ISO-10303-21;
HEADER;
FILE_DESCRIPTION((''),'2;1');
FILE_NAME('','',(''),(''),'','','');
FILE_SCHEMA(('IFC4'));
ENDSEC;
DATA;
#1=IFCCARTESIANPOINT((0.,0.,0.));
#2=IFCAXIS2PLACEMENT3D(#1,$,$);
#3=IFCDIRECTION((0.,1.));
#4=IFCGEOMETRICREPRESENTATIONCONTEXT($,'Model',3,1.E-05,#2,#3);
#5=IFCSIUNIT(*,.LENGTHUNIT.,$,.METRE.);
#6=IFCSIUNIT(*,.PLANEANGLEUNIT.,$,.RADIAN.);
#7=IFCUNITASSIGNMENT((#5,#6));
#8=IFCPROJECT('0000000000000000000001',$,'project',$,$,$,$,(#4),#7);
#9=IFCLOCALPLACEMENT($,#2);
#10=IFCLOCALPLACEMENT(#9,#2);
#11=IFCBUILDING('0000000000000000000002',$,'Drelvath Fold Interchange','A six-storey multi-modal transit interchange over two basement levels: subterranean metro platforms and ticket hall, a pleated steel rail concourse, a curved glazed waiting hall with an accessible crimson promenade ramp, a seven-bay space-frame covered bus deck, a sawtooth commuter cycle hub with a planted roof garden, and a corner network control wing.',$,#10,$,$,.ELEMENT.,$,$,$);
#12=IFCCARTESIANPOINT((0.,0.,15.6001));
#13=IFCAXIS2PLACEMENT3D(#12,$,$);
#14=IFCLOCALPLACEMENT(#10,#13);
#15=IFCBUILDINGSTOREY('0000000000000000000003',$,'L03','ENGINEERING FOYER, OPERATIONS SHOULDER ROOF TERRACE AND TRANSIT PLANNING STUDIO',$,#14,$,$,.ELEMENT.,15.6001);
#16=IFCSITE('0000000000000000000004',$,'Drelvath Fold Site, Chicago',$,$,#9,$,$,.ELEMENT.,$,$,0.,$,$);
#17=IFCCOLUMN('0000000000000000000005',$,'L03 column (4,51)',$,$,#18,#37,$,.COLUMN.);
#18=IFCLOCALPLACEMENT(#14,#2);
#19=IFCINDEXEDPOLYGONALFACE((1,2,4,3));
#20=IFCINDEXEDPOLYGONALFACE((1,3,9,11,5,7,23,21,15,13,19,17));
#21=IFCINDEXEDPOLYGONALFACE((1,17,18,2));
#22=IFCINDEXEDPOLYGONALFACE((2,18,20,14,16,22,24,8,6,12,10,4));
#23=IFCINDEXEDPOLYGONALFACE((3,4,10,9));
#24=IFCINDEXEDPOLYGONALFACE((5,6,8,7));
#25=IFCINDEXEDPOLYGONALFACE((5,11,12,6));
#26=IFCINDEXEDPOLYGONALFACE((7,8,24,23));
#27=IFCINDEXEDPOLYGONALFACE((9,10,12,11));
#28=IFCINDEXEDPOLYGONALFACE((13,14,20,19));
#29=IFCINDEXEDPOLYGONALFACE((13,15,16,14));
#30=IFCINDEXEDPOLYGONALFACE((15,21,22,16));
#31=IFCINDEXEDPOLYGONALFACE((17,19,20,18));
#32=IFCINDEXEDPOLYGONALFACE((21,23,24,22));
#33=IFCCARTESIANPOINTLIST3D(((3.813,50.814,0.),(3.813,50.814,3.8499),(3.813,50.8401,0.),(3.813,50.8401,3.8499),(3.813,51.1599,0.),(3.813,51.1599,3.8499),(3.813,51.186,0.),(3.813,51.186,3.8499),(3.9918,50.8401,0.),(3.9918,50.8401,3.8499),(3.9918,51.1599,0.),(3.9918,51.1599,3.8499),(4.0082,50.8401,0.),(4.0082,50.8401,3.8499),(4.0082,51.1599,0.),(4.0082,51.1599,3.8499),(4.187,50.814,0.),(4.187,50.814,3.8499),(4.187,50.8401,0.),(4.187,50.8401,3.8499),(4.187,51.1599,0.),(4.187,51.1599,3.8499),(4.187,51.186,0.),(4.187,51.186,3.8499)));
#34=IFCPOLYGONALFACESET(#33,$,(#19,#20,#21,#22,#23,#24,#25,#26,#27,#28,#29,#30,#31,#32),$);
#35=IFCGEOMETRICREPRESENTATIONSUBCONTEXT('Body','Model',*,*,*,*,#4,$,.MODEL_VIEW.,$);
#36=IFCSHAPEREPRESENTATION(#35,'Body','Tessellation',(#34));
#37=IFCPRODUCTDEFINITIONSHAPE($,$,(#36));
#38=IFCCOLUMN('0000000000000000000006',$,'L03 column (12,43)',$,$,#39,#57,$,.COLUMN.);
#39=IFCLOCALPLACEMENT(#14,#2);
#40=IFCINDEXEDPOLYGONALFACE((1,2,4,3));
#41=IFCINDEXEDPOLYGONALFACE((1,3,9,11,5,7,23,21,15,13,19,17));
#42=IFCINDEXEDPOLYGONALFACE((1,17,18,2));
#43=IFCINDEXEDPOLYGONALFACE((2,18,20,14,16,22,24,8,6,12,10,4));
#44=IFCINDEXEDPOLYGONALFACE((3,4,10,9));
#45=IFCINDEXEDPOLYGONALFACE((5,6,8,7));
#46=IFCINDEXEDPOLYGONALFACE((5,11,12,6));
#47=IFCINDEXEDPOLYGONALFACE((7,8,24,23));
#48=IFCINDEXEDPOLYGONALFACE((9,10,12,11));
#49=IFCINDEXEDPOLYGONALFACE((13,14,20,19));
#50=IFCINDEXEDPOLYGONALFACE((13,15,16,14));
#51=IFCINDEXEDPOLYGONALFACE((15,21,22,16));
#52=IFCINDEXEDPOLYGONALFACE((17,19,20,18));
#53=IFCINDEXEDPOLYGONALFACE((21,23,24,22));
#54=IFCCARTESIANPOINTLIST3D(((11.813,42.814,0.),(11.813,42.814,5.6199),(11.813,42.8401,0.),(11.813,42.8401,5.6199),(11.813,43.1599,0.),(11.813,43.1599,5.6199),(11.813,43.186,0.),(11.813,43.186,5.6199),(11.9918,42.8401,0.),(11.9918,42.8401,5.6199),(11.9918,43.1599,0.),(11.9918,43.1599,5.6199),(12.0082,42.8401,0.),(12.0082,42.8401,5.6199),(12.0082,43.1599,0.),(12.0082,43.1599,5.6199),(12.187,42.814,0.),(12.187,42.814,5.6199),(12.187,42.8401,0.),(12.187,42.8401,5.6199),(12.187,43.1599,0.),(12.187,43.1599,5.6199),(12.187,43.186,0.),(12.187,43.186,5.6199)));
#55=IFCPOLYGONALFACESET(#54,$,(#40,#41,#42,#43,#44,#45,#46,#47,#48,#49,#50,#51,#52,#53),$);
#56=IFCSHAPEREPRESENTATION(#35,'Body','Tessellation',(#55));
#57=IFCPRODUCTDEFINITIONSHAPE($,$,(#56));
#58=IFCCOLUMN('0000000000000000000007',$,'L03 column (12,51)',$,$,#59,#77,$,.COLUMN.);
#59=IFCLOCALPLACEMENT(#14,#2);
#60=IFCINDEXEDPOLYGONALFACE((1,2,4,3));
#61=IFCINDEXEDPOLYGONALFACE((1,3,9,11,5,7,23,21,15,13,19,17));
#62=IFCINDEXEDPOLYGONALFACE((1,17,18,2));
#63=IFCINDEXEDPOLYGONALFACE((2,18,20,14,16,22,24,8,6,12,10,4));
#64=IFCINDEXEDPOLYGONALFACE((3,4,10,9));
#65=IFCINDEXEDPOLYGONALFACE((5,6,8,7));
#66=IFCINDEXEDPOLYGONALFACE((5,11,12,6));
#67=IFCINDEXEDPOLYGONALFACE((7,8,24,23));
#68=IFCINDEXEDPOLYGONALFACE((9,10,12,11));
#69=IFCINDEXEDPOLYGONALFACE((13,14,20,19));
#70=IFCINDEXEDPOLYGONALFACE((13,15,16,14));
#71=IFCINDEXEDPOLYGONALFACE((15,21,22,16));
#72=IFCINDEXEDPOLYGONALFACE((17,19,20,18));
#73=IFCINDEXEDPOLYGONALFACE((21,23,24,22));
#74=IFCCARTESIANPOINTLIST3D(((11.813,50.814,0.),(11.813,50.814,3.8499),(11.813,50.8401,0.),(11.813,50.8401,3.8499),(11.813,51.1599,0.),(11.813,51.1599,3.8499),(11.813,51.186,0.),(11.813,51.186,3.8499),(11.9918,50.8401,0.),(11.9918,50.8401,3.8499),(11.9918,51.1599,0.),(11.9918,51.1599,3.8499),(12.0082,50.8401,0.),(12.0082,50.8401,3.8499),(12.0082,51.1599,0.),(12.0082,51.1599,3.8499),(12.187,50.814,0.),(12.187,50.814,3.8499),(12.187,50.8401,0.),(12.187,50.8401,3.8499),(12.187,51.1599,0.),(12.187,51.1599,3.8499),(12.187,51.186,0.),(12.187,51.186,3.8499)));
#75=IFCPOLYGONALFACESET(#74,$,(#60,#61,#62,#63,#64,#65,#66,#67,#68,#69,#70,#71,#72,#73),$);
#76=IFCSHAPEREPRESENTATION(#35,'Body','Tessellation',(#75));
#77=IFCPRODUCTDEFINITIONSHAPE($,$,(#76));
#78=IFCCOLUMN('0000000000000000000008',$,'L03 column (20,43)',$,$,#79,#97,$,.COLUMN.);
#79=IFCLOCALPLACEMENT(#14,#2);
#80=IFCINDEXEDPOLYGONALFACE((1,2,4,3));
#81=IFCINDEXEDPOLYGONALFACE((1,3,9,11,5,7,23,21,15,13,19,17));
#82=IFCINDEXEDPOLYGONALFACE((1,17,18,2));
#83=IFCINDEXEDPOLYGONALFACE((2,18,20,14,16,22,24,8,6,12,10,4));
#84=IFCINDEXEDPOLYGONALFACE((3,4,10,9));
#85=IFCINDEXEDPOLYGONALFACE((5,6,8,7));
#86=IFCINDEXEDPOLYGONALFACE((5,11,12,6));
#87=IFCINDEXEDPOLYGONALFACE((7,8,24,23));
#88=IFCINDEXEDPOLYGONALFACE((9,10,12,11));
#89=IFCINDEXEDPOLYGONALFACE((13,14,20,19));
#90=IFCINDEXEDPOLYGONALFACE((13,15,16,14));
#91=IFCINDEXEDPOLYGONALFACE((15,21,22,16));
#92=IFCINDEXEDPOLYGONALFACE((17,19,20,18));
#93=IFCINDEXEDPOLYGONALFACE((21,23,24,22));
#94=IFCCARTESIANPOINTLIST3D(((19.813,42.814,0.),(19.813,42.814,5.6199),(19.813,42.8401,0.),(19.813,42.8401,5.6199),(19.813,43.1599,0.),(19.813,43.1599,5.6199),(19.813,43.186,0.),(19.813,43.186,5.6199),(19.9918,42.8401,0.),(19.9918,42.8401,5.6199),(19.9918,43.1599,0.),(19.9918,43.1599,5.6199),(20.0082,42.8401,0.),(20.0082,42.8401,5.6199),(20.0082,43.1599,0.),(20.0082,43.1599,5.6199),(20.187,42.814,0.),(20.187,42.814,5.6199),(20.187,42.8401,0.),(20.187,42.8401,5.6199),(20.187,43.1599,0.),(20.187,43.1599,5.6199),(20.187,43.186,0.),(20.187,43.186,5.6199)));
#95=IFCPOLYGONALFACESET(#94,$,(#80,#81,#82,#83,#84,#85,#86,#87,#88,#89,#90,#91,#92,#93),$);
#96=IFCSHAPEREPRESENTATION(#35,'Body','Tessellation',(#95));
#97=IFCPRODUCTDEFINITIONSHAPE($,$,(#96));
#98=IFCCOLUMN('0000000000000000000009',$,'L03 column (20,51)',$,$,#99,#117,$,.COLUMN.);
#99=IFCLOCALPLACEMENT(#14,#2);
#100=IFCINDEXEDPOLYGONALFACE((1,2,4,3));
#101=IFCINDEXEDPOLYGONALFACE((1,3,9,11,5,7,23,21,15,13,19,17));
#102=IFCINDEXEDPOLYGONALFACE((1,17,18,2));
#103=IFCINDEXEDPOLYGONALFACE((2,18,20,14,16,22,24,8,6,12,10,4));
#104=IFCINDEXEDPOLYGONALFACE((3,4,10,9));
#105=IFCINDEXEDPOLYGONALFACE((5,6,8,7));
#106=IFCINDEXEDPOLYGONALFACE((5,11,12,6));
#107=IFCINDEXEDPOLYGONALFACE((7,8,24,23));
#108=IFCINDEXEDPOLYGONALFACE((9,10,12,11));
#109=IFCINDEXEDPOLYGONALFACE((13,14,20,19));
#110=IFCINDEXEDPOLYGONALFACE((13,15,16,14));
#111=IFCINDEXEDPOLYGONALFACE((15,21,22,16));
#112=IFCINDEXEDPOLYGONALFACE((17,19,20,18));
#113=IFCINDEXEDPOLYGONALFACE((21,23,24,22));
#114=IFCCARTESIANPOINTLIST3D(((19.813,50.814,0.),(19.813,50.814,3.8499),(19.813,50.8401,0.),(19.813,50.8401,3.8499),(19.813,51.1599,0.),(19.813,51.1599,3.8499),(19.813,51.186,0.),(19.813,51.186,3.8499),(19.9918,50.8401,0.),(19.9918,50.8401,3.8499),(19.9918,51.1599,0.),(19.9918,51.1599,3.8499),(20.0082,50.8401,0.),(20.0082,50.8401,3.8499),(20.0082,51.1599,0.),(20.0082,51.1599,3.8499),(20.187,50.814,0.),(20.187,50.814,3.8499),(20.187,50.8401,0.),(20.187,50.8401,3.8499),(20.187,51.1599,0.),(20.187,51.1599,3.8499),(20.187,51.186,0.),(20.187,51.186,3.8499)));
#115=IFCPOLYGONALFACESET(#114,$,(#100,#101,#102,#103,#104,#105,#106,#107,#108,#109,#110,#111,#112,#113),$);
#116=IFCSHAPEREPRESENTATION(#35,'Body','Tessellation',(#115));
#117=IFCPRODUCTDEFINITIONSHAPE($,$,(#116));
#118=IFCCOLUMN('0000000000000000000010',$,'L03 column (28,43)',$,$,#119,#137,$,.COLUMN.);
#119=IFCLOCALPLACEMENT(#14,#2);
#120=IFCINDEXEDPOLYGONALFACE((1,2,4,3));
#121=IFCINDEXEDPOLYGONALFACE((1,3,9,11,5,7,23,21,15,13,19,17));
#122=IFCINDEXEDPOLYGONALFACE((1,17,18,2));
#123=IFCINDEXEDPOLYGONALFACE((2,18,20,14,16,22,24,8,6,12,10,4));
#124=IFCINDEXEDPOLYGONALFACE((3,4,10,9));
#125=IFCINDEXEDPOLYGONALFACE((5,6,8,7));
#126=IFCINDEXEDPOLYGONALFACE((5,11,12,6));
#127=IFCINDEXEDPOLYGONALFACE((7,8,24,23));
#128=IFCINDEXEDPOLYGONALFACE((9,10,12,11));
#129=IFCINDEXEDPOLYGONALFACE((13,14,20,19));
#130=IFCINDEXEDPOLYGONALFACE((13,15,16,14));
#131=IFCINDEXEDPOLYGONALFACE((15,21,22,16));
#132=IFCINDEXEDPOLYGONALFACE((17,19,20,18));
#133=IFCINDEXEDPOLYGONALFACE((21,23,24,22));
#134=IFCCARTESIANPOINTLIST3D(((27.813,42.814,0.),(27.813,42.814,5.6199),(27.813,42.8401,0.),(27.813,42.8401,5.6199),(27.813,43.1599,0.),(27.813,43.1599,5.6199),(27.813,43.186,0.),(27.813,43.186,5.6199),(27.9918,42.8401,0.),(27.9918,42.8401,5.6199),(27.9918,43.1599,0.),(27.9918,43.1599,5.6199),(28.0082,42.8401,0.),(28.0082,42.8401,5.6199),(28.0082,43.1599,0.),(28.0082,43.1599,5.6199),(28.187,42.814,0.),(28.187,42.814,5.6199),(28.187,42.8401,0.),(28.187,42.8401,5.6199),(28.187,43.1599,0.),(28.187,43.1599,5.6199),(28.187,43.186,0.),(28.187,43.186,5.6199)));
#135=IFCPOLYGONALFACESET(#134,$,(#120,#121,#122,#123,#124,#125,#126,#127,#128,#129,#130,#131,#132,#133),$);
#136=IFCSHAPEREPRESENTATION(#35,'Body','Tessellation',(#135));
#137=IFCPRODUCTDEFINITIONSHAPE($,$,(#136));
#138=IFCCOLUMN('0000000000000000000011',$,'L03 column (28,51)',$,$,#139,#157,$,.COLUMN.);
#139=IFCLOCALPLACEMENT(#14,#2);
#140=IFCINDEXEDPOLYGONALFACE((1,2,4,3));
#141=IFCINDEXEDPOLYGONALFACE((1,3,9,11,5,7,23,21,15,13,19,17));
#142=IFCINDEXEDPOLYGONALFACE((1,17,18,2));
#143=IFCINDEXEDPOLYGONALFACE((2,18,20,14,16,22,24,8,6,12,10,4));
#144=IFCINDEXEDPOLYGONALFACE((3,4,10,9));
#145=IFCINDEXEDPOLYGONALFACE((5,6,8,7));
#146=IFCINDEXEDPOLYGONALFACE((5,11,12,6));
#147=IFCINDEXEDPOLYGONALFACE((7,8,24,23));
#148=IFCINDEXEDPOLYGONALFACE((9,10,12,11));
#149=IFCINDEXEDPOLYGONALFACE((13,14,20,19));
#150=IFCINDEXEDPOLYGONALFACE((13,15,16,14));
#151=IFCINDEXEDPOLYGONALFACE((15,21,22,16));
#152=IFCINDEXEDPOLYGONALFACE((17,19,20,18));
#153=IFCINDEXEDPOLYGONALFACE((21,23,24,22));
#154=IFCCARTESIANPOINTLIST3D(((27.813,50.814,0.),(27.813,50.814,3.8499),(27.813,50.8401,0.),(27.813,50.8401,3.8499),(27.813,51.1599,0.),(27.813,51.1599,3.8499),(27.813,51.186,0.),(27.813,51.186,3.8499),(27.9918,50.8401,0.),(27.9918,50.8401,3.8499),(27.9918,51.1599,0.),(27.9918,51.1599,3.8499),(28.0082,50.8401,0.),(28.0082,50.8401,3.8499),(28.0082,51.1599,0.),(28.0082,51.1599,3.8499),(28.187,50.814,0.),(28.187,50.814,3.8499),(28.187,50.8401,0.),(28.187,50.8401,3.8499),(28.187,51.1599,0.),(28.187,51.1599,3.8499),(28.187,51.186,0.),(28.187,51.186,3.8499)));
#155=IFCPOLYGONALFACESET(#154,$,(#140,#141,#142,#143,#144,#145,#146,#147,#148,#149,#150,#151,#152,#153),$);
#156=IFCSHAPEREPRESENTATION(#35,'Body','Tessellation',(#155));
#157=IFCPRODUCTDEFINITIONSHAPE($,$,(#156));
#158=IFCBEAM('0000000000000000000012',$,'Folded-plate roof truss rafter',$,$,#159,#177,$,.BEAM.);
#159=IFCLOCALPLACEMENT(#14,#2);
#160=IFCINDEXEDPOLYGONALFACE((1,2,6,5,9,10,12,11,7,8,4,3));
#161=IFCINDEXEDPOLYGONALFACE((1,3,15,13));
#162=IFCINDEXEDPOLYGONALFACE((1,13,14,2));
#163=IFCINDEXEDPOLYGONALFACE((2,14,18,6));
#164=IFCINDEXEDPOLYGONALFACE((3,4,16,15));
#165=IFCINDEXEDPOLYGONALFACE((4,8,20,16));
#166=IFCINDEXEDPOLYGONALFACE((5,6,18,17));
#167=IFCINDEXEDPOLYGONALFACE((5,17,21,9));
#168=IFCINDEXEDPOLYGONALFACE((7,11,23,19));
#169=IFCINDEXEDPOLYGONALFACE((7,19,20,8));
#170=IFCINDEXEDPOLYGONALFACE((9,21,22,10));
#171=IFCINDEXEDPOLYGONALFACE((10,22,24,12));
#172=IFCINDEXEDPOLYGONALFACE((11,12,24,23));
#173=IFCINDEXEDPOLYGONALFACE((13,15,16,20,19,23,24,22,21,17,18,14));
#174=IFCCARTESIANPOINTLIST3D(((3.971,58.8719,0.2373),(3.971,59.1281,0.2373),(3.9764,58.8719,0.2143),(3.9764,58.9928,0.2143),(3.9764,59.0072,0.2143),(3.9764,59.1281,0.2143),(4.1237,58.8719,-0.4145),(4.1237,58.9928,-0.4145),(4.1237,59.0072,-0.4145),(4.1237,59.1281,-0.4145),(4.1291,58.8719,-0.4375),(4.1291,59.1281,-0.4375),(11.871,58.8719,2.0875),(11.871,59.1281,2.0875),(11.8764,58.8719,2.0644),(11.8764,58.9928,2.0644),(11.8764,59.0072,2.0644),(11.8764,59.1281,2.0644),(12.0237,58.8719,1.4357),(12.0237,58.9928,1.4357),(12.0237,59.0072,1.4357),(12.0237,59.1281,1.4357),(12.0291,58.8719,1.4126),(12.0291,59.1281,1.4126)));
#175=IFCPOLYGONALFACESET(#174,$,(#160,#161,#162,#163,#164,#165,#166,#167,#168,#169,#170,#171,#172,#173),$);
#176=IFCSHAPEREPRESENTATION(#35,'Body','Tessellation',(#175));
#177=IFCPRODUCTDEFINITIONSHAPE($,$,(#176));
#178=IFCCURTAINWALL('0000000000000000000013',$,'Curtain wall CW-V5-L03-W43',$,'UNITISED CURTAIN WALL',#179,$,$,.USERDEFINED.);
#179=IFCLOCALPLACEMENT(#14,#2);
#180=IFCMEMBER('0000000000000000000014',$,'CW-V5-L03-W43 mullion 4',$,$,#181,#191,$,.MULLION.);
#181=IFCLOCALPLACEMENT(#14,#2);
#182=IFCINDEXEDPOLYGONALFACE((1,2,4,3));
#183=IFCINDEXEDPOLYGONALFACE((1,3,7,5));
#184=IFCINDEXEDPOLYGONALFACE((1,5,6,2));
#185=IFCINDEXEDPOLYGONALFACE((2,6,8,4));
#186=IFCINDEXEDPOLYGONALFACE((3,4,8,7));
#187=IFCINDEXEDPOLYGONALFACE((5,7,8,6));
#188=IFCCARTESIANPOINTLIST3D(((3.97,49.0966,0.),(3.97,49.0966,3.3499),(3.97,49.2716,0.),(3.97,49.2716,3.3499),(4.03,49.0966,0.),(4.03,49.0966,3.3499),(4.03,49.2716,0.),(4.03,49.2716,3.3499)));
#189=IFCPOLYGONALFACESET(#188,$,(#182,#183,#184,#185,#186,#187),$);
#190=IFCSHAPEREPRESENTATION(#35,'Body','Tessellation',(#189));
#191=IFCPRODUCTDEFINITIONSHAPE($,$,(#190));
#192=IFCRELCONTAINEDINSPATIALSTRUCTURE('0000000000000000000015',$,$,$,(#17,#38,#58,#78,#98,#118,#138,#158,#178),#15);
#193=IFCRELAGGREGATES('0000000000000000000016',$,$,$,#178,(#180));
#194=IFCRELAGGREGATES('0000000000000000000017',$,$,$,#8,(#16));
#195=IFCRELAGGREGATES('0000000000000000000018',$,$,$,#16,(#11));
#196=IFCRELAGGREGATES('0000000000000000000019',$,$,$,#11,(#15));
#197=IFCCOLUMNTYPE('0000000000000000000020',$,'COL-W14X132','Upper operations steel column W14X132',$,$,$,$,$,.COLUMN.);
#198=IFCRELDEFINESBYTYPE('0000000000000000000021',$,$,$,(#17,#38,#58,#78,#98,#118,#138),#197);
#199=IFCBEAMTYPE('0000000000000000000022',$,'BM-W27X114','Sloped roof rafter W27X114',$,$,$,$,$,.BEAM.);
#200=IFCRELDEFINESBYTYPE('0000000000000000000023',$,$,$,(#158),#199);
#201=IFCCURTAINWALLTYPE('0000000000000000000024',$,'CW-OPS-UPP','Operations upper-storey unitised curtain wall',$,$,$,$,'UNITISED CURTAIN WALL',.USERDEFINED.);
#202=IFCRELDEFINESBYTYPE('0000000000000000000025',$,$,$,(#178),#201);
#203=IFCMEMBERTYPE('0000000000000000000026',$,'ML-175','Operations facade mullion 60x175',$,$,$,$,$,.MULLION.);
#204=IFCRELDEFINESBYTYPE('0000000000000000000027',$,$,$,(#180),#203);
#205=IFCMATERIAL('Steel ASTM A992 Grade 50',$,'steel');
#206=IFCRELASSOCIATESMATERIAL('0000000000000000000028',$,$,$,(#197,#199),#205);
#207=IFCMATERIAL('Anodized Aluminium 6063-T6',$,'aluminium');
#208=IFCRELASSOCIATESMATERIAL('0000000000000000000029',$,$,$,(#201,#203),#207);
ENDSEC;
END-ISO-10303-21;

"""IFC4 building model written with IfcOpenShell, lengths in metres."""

from ifc_helpers import new_model, si_unit, direction, frame, origin, origin_2d, place, context, subcontext, project, spatial, rectangle, i_section, extrude, material, material_profile, profile_set, type_object, element, aggregate, save


model = new_model("IFC4")

# Units and contexts
model_context = context("Model", 3, precision=1e-05, world=origin(), true_north=direction((0.0, 1.0)))
body_context = subcontext(model_context, "Body", "Model", "MODEL_VIEW")
ifc_project = project(units=[si_unit("LENGTHUNIT", "METRE"), si_unit("PLANEANGLEUNIT", "RADIAN")], contexts=[model_context])

# Site, building, storey
site_placement = place(None, origin())
site = spatial("IfcSite", under=ifc_project, at=site_placement, Name="Drelvath Fold Site, Chicago", CompositionType="ELEMENT", RefElevation=0.0)
building_placement = place(site_placement, origin())
building = spatial("IfcBuilding", under=site, at=building_placement, Name="Drelvath Fold Interchange", Description="A six-storey multi-modal transit interchange over two basement levels: subterranean metro platforms and ticket hall, a pleated steel rail concourse, a curved glazed waiting hall with an accessible crimson promenade ramp, a seven-bay space-frame covered bus deck, a sawtooth commuter cycle hub with a planted roof garden, and a corner network control wing.", CompositionType="ELEMENT")
storey_placement = place(building_placement, frame((0.0, 0.0, 15.6001)))
storey = spatial("IfcBuildingStorey", under=building, at=storey_placement, Name="L03", Description="ENGINEERING FOYER, OPERATIONS SHOULDER ROOF TERRACE AND TRANSIT PLANNING STUDIO", CompositionType="ELEMENT", Elevation=15.6001)

# Columns
ifc_material_1 = material(Name="Steel ASTM A992 Grade 50", Category="steel")
ifc_material_profile_1 = material_profile(ifc_material_1, i_section(OverallWidth=0.374, OverallDepth=0.3721, WebThickness=0.0164, FlangeThickness=0.0261, at=origin_2d()), Name="W14X132")
ifc_profile_set_1 = profile_set([ifc_material_profile_1], Name="Steel ASTM A992 Grade 50")
column_type = type_object("IfcColumnType", Name="COL-W14X132", Description="Upper operations steel column W14X132", PredefinedType="COLUMN", material=ifc_profile_set_1)
column_1_placement = place(storey_placement, frame((4.0, 51.0, 0.0), z_axis=(0.0, 0.0, 1.0), x_axis=(1.0, 0.0, 0.0)))
element("IfcColumn", 1, at=column_1_placement, inside=storey, type_object=column_type, Name="L03 column (4,51)", PredefinedType="COLUMN", context=body_context, shape_type="SweptSolid", body=[
    extrude(i_section(OverallWidth=0.374, OverallDepth=0.3721, WebThickness=0.0164, FlangeThickness=0.0261, at=origin_2d()), origin(), (0.0, 0.0, 1.0), 3.8499),
])
column_2_placement = place(storey_placement, frame((12.0, 43.0, 0.0), z_axis=(0.0, 0.0, 1.0), x_axis=(1.0, 0.0, 0.0)))
element("IfcColumn", 2, at=column_2_placement, inside=storey, type_object=column_type, Name="L03 column (12,43)", PredefinedType="COLUMN", context=body_context, shape_type="SweptSolid", body=[
    extrude(i_section(OverallWidth=0.374, OverallDepth=0.3721, WebThickness=0.0164, FlangeThickness=0.0261, at=origin_2d()), origin(), (0.0, 0.0, 1.0), 5.6199),
])
column_3_placement = place(storey_placement, frame((12.0, 51.0, 0.0), z_axis=(0.0, 0.0, 1.0), x_axis=(1.0, 0.0, 0.0)))
element("IfcColumn", 3, at=column_3_placement, inside=storey, type_object=column_type, Name="L03 column (12,51)", PredefinedType="COLUMN", context=body_context, shape_type="SweptSolid", body=[
    extrude(i_section(OverallWidth=0.374, OverallDepth=0.3721, WebThickness=0.0164, FlangeThickness=0.0261, at=origin_2d()), origin(), (0.0, 0.0, 1.0), 3.8499),
])
column_4_placement = place(storey_placement, frame((20.0, 43.0, 0.0), z_axis=(0.0, 0.0, 1.0), x_axis=(1.0, 0.0, 0.0)))
element("IfcColumn", 4, at=column_4_placement, inside=storey, type_object=column_type, Name="L03 column (20,43)", PredefinedType="COLUMN", context=body_context, shape_type="SweptSolid", body=[
    extrude(i_section(OverallWidth=0.374, OverallDepth=0.3721, WebThickness=0.0164, FlangeThickness=0.0261, at=origin_2d()), origin(), (0.0, 0.0, 1.0), 5.6199),
])
column_5_placement = place(storey_placement, frame((20.0, 51.0, 0.0), z_axis=(0.0, 0.0, 1.0), x_axis=(1.0, 0.0, 0.0)))
element("IfcColumn", 5, at=column_5_placement, inside=storey, type_object=column_type, Name="L03 column (20,51)", PredefinedType="COLUMN", context=body_context, shape_type="SweptSolid", body=[
    extrude(i_section(OverallWidth=0.374, OverallDepth=0.3721, WebThickness=0.0164, FlangeThickness=0.0261, at=origin_2d()), origin(), (0.0, 0.0, 1.0), 3.8499),
])
column_6_placement = place(storey_placement, frame((28.0, 43.0, 0.0), z_axis=(0.0, 0.0, 1.0), x_axis=(1.0, 0.0, 0.0)))
element("IfcColumn", 6, at=column_6_placement, inside=storey, type_object=column_type, Name="L03 column (28,43)", PredefinedType="COLUMN", context=body_context, shape_type="SweptSolid", body=[
    extrude(i_section(OverallWidth=0.374, OverallDepth=0.3721, WebThickness=0.0164, FlangeThickness=0.0261, at=origin_2d()), origin(), (0.0, 0.0, 1.0), 5.6199),
])
column_7_placement = place(storey_placement, frame((28.0, 51.0, 0.0), z_axis=(0.0, 0.0, 1.0), x_axis=(1.0, 0.0, 0.0)))
element("IfcColumn", 7, at=column_7_placement, inside=storey, type_object=column_type, Name="L03 column (28,51)", PredefinedType="COLUMN", context=body_context, shape_type="SweptSolid", body=[
    extrude(i_section(OverallWidth=0.374, OverallDepth=0.3721, WebThickness=0.0164, FlangeThickness=0.0261, at=origin_2d()), origin(), (0.0, 0.0, 1.0), 3.8499),
])

# Beam
ifc_material_profile_2 = material_profile(ifc_material_1, i_section(OverallWidth=0.2561, OverallDepth=0.6931, WebThickness=0.0144, FlangeThickness=0.0237, at=origin_2d()), Name="W27X114")
ifc_profile_set_2 = profile_set([ifc_material_profile_2], Name="Steel ASTM A992 Grade 50")
beam_type = type_object("IfcBeamType", Name="BM-W27X114", Description="Sloped roof rafter W27X114", PredefinedType="BEAM", material=ifc_profile_set_2)
beam_placement = place(storey_placement, frame((4.05, 59.0, -0.1001), z_axis=(0.973656, 0.0, 0.228023), x_axis=(0.0, 1.0, 0.0)))
element("IfcBeam", 8, at=beam_placement, inside=storey, type_object=beam_type, Name="Folded-plate roof truss rafter", PredefinedType="BEAM", context=body_context, shape_type="SweptSolid", body=[
    extrude(i_section(OverallWidth=0.2561, OverallDepth=0.6931, WebThickness=0.0144, FlangeThickness=0.0237, at=origin_2d()), origin(), (0.0, 0.0, 1.0), 8.1138),
])

# Curtain wall, member
ifc_material_2 = material(Name="Anodized Aluminium 6063-T6", Category="aluminium")
curtain_wall_type = type_object("IfcCurtainWallType", Name="CW-OPS-UPP", Description="Operations upper-storey unitised curtain wall", ElementType="UNITISED CURTAIN WALL", PredefinedType="USERDEFINED", material=ifc_material_2)
curtain_wall_placement = place(storey_placement, origin())
curtain_wall = element("IfcCurtainWall", 9, at=curtain_wall_placement, inside=storey, type_object=curtain_wall_type, Name="Curtain wall CW-V5-L03-W43", ObjectType="UNITISED CURTAIN WALL", PredefinedType="USERDEFINED")
ifc_material_profile_3 = material_profile(ifc_material_2, rectangle(XDim=0.0601, YDim=0.175, at=origin_2d()), Name="AL-M 60x175")
ifc_profile_set_3 = profile_set([ifc_material_profile_3], Name="Anodized Aluminium 6063-T6")
member_type = type_object("IfcMemberType", Name="ML-175", Description="Operations facade mullion 60x175", PredefinedType="MULLION", material=ifc_profile_set_3)
member_1_placement = place(storey_placement, frame((4.0, 49.1841, 0.0), z_axis=(0.0, 0.0, 1.0), x_axis=(1.0, 0.0, 0.0)))
member_1 = element("IfcMember", 10, at=member_1_placement, type_object=member_type, Name="CW-V5-L03-W43 mullion 4", PredefinedType="MULLION", context=body_context, shape_type="SweptSolid", body=[
    extrude(rectangle(XDim=0.0601, YDim=0.175, at=origin_2d()), origin(), (0.0, 0.0, 1.0), 3.3499),
])
aggregate(curtain_wall, [member_1])

save(model, "model.ifc")
